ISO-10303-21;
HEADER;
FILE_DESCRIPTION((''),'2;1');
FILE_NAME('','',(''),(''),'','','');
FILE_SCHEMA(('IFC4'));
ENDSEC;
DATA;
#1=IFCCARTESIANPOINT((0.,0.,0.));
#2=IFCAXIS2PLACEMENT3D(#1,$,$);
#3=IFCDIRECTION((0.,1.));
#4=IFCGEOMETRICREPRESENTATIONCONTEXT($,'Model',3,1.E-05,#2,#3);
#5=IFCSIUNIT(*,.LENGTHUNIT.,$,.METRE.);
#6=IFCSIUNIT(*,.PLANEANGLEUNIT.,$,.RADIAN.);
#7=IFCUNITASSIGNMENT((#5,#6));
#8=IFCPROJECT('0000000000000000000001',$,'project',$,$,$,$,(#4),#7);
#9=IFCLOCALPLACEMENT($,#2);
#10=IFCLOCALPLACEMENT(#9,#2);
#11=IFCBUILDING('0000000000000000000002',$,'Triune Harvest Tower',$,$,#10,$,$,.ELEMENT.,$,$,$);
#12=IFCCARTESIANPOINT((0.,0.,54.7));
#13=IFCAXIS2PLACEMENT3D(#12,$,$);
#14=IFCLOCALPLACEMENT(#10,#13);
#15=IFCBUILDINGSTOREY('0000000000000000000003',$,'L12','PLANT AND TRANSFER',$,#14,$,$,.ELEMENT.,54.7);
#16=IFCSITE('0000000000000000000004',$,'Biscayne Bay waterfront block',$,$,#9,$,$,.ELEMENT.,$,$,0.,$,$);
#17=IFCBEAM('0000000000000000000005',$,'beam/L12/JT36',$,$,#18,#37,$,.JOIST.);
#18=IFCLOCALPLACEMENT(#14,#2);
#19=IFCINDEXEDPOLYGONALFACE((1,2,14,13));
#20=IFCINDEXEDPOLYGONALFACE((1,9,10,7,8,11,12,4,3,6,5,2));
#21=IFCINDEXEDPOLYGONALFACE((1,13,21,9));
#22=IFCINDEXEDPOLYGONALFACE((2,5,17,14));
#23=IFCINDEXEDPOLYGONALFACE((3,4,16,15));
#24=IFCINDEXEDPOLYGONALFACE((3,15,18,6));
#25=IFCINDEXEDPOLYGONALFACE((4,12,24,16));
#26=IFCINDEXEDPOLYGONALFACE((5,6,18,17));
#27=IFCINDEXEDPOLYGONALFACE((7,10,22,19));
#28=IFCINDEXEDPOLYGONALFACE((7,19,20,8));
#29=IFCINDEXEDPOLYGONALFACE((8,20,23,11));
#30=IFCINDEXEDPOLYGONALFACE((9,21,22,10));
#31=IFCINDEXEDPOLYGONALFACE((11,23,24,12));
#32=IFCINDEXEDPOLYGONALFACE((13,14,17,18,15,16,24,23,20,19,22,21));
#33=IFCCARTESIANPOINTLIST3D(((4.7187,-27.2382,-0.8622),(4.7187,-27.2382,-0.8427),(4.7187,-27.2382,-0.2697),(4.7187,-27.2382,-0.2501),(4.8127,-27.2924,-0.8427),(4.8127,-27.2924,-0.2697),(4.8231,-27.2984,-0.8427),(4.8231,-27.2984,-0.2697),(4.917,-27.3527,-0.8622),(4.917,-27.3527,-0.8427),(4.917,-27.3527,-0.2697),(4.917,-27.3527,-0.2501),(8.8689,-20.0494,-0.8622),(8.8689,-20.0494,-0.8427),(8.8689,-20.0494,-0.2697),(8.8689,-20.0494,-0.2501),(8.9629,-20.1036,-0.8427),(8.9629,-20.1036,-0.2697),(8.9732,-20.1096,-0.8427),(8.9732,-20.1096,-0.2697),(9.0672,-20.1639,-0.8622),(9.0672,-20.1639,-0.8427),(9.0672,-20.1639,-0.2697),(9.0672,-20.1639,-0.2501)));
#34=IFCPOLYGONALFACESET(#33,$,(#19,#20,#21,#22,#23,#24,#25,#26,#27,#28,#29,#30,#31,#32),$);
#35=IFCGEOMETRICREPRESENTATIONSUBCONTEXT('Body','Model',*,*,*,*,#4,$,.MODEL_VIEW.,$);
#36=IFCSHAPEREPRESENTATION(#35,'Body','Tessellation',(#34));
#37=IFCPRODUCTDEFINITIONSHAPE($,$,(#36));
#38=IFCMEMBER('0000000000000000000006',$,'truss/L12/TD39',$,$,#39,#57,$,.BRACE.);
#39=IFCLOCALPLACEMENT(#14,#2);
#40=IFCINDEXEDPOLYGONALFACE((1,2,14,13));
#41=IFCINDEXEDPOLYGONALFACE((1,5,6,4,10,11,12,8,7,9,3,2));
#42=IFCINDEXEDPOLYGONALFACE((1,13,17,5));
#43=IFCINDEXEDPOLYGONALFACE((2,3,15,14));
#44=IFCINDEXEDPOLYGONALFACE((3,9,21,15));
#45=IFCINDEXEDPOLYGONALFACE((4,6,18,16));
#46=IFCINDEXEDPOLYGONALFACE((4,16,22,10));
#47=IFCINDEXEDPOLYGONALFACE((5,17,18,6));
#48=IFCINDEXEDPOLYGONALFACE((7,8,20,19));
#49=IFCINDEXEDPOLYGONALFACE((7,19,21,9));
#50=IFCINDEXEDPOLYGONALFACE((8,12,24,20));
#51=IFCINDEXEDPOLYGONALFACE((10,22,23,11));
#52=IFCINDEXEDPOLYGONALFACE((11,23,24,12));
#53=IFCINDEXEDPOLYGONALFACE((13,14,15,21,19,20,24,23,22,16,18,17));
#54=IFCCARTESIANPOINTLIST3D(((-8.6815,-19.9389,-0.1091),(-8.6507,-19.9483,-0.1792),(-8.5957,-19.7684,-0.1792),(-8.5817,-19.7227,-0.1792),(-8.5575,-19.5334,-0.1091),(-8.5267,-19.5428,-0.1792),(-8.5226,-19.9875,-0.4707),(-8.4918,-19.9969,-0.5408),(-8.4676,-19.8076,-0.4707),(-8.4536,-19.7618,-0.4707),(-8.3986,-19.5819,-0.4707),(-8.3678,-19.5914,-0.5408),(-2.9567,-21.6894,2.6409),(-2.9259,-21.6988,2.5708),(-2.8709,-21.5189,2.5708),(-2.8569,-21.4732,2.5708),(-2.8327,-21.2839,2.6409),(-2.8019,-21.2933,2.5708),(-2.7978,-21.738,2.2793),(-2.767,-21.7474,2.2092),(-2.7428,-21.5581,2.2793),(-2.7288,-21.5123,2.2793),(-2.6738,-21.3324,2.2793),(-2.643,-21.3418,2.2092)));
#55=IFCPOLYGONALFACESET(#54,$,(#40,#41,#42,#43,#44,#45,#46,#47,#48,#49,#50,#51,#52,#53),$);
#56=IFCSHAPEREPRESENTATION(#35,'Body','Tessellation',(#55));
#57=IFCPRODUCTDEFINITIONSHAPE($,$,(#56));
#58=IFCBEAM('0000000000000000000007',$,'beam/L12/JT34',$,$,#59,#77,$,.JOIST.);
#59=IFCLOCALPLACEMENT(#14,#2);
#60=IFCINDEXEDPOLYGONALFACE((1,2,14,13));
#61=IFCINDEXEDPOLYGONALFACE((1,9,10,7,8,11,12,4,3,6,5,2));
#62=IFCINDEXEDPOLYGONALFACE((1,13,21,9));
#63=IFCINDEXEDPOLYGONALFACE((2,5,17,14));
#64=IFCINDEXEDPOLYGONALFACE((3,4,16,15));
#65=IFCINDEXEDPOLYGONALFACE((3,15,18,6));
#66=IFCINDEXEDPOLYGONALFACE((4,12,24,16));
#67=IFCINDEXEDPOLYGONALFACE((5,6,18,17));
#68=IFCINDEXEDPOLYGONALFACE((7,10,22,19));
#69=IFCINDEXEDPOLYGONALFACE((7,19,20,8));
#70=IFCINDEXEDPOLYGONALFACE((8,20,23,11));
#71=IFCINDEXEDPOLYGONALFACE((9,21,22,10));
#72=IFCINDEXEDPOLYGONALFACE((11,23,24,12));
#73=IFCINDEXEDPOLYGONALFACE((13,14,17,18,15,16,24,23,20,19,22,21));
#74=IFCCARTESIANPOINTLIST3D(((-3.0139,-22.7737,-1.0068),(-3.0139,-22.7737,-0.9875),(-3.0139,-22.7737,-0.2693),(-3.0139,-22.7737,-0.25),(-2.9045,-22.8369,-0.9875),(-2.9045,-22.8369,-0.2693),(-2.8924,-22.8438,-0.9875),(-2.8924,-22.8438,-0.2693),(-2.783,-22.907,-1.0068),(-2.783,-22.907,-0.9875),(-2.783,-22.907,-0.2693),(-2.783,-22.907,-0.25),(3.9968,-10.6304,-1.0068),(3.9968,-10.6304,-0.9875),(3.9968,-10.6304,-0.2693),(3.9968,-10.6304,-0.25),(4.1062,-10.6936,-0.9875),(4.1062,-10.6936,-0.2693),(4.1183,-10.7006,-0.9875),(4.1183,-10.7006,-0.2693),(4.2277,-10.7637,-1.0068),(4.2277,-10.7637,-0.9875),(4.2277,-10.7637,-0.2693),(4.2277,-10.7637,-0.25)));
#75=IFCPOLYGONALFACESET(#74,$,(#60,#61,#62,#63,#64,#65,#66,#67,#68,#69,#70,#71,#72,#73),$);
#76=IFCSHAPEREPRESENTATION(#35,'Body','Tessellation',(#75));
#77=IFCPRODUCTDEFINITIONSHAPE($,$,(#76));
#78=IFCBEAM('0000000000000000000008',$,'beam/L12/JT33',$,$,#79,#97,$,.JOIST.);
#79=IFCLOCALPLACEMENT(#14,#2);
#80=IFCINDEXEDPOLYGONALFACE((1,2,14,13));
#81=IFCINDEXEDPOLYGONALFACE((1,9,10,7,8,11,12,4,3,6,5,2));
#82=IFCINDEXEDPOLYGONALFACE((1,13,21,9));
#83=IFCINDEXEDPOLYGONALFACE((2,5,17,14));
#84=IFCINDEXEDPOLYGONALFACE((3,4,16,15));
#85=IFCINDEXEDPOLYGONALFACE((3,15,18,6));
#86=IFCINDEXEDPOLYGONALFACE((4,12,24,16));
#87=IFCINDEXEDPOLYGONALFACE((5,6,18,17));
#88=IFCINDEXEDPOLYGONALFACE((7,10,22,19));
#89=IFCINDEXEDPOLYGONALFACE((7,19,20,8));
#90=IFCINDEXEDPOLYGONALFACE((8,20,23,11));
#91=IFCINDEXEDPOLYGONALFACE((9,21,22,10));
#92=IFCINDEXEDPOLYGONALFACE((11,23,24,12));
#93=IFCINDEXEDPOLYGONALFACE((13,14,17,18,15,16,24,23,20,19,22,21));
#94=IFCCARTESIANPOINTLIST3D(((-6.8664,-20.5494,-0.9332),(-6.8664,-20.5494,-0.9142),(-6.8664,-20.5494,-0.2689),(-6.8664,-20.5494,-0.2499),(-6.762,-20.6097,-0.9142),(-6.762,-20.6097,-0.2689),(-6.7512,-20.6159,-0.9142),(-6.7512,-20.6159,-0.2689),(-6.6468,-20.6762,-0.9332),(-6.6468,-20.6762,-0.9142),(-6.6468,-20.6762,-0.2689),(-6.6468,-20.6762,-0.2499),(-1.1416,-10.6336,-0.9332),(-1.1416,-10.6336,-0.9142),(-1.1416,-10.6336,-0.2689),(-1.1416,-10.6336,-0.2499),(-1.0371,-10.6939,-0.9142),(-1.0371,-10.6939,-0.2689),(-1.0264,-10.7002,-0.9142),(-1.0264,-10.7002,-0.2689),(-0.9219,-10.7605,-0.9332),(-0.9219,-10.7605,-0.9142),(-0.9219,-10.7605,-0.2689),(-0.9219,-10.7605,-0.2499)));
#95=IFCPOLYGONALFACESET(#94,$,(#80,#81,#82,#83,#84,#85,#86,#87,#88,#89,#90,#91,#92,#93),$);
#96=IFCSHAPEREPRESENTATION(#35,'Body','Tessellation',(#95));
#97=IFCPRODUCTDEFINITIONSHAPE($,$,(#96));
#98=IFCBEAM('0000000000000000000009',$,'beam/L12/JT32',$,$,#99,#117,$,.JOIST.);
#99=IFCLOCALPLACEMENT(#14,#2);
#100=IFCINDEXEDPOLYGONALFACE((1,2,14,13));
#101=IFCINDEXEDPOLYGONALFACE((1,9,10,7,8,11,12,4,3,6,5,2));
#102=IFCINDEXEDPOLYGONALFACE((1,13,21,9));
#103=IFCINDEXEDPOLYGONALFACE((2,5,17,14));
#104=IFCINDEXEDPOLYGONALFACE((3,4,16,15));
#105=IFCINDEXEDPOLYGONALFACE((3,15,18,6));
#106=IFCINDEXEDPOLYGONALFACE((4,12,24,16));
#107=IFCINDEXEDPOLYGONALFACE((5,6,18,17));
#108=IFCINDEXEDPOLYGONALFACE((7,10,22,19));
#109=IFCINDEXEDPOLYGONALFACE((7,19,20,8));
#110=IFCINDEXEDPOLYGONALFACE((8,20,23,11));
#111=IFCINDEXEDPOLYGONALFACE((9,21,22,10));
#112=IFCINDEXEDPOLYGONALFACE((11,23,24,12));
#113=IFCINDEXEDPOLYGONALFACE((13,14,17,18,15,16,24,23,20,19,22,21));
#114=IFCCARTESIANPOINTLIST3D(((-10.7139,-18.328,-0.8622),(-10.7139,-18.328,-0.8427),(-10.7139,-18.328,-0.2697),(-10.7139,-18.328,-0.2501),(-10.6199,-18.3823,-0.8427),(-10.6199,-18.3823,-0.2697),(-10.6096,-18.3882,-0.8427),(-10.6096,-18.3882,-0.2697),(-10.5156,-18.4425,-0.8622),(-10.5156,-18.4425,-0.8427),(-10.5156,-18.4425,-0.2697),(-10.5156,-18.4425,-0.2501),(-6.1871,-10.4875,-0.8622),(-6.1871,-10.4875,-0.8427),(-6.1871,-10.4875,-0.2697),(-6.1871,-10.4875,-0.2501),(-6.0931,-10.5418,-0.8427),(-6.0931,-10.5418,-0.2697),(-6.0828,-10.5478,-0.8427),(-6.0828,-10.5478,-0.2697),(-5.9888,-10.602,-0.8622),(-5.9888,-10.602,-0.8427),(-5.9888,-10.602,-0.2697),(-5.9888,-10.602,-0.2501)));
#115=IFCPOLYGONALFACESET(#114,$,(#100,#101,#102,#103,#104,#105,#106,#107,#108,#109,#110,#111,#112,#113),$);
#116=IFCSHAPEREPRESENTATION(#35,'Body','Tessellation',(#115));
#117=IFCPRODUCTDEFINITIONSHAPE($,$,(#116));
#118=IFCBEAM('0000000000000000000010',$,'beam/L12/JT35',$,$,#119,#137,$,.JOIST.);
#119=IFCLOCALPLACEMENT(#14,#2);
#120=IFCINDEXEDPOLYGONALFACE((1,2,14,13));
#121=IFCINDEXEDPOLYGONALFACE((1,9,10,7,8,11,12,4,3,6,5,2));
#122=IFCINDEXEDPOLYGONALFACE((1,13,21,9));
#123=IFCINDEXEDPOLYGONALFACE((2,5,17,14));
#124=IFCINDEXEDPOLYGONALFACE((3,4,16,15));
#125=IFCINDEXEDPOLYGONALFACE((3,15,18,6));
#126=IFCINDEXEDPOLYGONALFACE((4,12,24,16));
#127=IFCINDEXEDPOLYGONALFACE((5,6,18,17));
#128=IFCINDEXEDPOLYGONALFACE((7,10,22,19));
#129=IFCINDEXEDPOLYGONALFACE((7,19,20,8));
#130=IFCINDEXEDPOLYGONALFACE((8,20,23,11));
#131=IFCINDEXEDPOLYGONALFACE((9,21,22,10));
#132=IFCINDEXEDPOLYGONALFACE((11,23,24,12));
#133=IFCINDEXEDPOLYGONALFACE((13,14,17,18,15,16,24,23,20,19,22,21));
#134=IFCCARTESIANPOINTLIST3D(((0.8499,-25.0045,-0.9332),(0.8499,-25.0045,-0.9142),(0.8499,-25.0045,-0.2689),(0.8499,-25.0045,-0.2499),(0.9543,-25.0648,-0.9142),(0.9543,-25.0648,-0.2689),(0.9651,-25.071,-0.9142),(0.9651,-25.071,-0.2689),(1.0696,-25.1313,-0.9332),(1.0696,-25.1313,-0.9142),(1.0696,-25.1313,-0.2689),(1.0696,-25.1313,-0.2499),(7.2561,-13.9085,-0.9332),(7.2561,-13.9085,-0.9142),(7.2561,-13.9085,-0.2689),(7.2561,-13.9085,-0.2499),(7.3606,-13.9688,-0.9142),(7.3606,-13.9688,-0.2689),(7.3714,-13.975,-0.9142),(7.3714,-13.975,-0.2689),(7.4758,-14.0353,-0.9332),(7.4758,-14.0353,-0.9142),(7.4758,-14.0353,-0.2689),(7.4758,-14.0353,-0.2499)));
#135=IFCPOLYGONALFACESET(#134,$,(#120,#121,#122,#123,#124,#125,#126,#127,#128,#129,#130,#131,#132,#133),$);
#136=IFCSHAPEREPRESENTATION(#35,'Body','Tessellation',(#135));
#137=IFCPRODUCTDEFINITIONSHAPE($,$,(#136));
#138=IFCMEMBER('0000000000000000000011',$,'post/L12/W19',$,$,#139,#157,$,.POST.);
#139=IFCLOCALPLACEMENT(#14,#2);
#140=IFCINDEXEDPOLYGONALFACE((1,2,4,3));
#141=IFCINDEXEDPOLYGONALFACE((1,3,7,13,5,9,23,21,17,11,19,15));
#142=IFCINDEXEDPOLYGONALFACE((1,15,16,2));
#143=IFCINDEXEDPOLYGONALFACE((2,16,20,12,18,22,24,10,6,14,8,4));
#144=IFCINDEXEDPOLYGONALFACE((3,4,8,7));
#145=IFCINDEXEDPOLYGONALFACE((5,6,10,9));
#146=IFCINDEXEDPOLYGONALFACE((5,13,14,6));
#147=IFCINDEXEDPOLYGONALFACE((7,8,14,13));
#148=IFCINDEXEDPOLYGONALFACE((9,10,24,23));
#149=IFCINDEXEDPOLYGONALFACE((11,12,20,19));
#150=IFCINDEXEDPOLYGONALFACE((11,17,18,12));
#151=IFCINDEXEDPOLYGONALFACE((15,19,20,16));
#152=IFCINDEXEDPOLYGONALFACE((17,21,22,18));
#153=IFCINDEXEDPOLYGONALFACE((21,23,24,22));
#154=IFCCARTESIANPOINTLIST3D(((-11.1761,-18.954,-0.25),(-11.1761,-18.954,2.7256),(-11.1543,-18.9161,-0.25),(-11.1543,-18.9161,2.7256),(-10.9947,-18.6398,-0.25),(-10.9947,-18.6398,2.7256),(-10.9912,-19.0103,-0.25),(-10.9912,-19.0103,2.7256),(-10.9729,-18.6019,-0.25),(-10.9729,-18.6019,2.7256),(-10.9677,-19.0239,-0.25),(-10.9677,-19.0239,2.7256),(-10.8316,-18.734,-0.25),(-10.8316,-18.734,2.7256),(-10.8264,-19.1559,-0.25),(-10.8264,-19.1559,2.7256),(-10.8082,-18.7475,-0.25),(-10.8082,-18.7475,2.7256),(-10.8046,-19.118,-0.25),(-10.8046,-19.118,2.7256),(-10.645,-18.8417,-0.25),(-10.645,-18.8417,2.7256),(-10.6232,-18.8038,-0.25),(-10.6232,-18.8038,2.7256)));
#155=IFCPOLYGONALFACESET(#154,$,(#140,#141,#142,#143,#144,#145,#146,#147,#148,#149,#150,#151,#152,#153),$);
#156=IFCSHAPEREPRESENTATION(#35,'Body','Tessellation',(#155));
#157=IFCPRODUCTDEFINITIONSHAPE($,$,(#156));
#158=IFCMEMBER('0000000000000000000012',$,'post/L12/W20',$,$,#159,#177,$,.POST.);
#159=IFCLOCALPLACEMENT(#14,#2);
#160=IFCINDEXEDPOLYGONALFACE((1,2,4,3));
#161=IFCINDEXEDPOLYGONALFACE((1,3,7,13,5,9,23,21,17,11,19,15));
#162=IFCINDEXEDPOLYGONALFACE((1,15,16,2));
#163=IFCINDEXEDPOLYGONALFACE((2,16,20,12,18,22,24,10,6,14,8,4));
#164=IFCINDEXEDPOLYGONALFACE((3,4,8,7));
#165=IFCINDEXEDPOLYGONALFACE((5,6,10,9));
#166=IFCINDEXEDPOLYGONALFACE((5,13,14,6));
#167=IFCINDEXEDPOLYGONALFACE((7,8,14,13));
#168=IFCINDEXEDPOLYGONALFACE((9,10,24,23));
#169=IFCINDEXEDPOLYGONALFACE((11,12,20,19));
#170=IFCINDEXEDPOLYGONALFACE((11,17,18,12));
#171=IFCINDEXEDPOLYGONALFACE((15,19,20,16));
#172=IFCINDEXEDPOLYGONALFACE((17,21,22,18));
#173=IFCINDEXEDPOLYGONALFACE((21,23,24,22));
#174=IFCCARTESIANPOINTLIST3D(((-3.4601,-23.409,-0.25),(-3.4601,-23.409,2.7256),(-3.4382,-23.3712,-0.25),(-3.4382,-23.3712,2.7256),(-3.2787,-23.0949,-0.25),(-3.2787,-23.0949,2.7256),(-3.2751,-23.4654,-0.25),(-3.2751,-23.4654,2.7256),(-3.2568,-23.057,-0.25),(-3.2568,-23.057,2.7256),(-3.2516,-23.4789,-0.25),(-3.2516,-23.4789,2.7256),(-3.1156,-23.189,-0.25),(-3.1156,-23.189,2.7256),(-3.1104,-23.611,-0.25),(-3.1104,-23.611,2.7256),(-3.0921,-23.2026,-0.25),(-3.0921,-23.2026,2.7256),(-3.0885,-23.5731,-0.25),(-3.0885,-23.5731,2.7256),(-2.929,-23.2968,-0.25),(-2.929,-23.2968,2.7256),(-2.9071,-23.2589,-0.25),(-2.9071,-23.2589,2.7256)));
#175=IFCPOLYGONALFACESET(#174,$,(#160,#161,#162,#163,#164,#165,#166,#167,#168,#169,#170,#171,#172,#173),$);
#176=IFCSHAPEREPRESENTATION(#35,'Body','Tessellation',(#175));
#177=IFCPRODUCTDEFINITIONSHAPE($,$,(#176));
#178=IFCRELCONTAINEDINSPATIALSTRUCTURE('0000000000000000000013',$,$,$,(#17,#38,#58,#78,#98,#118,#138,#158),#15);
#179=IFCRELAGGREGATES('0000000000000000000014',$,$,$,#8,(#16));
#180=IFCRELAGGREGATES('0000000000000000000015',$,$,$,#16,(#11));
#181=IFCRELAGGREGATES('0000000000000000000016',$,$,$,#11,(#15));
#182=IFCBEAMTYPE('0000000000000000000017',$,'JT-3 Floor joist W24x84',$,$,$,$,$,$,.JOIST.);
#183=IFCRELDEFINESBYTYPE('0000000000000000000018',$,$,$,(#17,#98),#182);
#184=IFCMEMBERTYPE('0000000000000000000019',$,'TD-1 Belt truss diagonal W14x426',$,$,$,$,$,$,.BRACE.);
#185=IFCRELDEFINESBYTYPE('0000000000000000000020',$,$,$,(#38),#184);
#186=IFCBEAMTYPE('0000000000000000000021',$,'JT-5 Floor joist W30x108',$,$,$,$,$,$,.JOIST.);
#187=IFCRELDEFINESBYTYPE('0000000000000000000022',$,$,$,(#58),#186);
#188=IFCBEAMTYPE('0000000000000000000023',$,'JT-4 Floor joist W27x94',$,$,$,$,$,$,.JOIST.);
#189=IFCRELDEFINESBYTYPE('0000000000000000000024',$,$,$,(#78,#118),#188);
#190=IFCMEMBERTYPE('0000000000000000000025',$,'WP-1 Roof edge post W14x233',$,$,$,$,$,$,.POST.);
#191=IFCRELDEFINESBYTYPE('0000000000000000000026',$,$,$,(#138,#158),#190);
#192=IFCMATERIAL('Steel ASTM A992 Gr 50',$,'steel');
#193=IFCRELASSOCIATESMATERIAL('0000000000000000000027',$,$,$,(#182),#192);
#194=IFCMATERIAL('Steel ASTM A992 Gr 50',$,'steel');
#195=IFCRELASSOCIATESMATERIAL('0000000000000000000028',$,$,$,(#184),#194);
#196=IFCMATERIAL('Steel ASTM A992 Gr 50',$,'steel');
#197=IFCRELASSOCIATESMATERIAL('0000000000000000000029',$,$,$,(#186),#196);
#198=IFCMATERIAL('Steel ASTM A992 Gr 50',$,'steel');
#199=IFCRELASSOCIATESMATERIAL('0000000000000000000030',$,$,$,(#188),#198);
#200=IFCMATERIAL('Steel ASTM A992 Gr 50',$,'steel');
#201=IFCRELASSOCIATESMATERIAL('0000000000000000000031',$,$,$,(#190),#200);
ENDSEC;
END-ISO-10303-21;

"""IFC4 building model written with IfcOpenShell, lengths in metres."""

from ifc_helpers import new_model, si_unit, direction, frame, origin, origin_2d, place, context, subcontext, project, spatial, i_section, extrude, source, transform, mapped, material, material_profile, profile_set, type_object, element, save


model = new_model("IFC4")

# Units and contexts
model_context = context("Model", 3, precision=1e-05, world=origin(), true_north=direction((0.0, 1.0)))
body_context = subcontext(model_context, "Body", "Model", "MODEL_VIEW")
ifc_project = project(units=[si_unit("LENGTHUNIT", "METRE"), si_unit("PLANEANGLEUNIT", "RADIAN")], contexts=[model_context])

# Site, building, storey
site_placement = place(None, origin())
site = spatial("IfcSite", under=ifc_project, at=site_placement, Name="Biscayne Bay waterfront block", CompositionType="ELEMENT", RefElevation=0.0)
building_placement = place(site_placement, origin())
building = spatial("IfcBuilding", under=site, at=building_placement, Name="Triune Harvest Tower", CompositionType="ELEMENT")
storey_placement = place(building_placement, frame((0.0, 0.0, 54.7)))
storey = spatial("IfcBuildingStorey", under=building, at=storey_placement, Name="L12", Description="PLANT AND TRANSFER", CompositionType="ELEMENT", Elevation=54.7)

# Beam
ifc_material_1 = material(Name="Steel ASTM A992 Gr 50", Category="steel")
ifc_material_profile_1 = material_profile(ifc_material_1, i_section(OverallWidth=0.229, OverallDepth=0.6121, WebThickness=0.012, FlangeThickness=0.0195, at=origin_2d()), Name="W24x84")
ifc_profile_set_1 = profile_set([ifc_material_profile_1], Name="Steel ASTM A992 Gr 50")
beam_type_1 = type_object("IfcBeamType", Name="JT-3 Floor joist W24x84", PredefinedType="JOIST", material=ifc_profile_set_1)
beam_1_placement = place(storey_placement, frame((4.8179, -27.2954, -0.5562), z_axis=(0.499976, 0.866039, 0.0), x_axis=(-0.866039, 0.499976, 0.0)))
element("IfcBeam", 1, at=beam_1_placement, inside=storey, type_object=beam_type_1, Name="beam/L12/JT36", PredefinedType="JOIST", context=body_context, shape_type="SweptSolid", body=[
    extrude(i_section(OverallWidth=0.229, OverallDepth=0.6121, WebThickness=0.012, FlangeThickness=0.0195, at=origin_2d()), origin(), (0.0, 0.0, 1.0), 8.3008),
])

# Member
ifc_material_2 = material(Name="Steel ASTM A992 Gr 50", Category="steel")
ifc_material_profile_2 = material_profile(ifc_material_2, i_section(OverallWidth=0.4241, OverallDepth=0.4751, WebThickness=0.0479, FlangeThickness=0.0771, at=origin_2d()), Name="W14x426")
ifc_profile_set_2 = profile_set([ifc_material_profile_2], Name="Steel ASTM A992 Gr 50")
member_type_1 = type_object("IfcMemberType", Name="TD-1 Belt truss diagonal W14x426", PredefinedType="BRACE", material=ifc_profile_set_2)
member_1_placement = place(storey_placement, frame((-8.5247, -19.7651, -0.325), z_axis=(0.868993, -0.265712, 0.417431), x_axis=(0.292406, 0.956294, 0.0)))
element("IfcMember", 2, at=member_1_placement, inside=storey, type_object=member_type_1, Name="truss/L12/TD39", PredefinedType="BRACE", context=body_context, shape_type="SweptSolid", body=[
    extrude(i_section(OverallWidth=0.4241, OverallDepth=0.4751, WebThickness=0.0479, FlangeThickness=0.0771, at=origin_2d()), origin(), (0.0, 0.0, 1.0), 6.5879),
])

# Beams
ifc_material_3 = material(Name="Steel ASTM A992 Gr 50", Category="steel")
ifc_material_profile_3 = material_profile(ifc_material_3, i_section(OverallWidth=0.2666, OverallDepth=0.7568, WebThickness=0.0139, FlangeThickness=0.0193, at=origin_2d()), Name="W30x108")
ifc_profile_set_3 = profile_set([ifc_material_profile_3], Name="Steel ASTM A992 Gr 50")
beam_type_2 = type_object("IfcBeamType", Name="JT-5 Floor joist W30x108", PredefinedType="JOIST", material=ifc_profile_set_3)
shared_shape_1 = source(origin(), body_context, "Body", "SweptSolid", [
    extrude(i_section(OverallWidth=0.2666, OverallDepth=0.7568, WebThickness=0.0139, FlangeThickness=0.0193, at=origin_2d()), origin(), (0.0, 0.0, 1.0), 14.0217),
])
beam_2_placement = place(storey_placement, frame((-2.8984, -22.8403, -0.6284), z_axis=(0.499989, 0.866032, 0.0), x_axis=(-0.866032, 0.499989, 0.0)))
element("IfcBeam", 3, at=beam_2_placement, inside=storey, type_object=beam_type_2, Name="beam/L12/JT34", PredefinedType="JOIST", context=body_context, shape_type="MappedRepresentation", body=[
    mapped(shared_shape_1, transform((0.0, 0.0, 0.0), scale=1.0)),
])
ifc_material_4 = material(Name="Steel ASTM A992 Gr 50", Category="steel")
ifc_material_profile_4 = material_profile(ifc_material_4, i_section(OverallWidth=0.2537, OverallDepth=0.6833, WebThickness=0.0125, FlangeThickness=0.019, at=origin_2d()), Name="W27x94")
ifc_profile_set_4 = profile_set([ifc_material_profile_4], Name="Steel ASTM A992 Gr 50")
beam_type_3 = type_object("IfcBeamType", Name="JT-4 Floor joist W27x94", PredefinedType="JOIST", material=ifc_profile_set_4)
shared_shape_2 = source(origin(), body_context, "Body", "SweptSolid", [
    extrude(i_section(OverallWidth=0.2537, OverallDepth=0.6833, WebThickness=0.0125, FlangeThickness=0.019, at=origin_2d()), origin(), (0.0, 0.0, 1.0), 11.4497),
])
beam_3_placement = place(storey_placement, frame((-6.7566, -20.6128, -0.5916), z_axis=(0.499999, 0.866026, 0.0), x_axis=(-0.866026, 0.499999, 0.0)))
element("IfcBeam", 4, at=beam_3_placement, inside=storey, type_object=beam_type_3, Name="beam/L12/JT33", PredefinedType="JOIST", context=body_context, shape_type="MappedRepresentation", body=[
    mapped(shared_shape_2, transform((0.0, 0.0, 0.0), scale=1.0)),
])
shared_shape_3 = source(origin(), body_context, "Body", "SweptSolid", [
    extrude(i_section(OverallWidth=0.229, OverallDepth=0.6121, WebThickness=0.012, FlangeThickness=0.0195, at=origin_2d()), origin(), (0.0, 0.0, 1.0), 9.0535),
])
beam_4_placement = place(storey_placement, frame((-10.6147, -18.3853, -0.5562), z_axis=(0.500008, 0.866021, 0.0), x_axis=(-0.866021, 0.500008, 0.0)))
element("IfcBeam", 5, at=beam_4_placement, inside=storey, type_object=beam_type_1, Name="beam/L12/JT32", PredefinedType="JOIST", context=body_context, shape_type="MappedRepresentation", body=[
    mapped(shared_shape_3, transform((0.0, 0.0, 0.0), scale=1.0)),
])
shared_shape_4 = source(origin(), body_context, "Body", "SweptSolid", [
    extrude(i_section(OverallWidth=0.2537, OverallDepth=0.6833, WebThickness=0.0125, FlangeThickness=0.019, at=origin_2d()), origin(), (0.0, 0.0, 1.0), 12.8125),
])
beam_5_placement = place(storey_placement, frame((0.9597, -25.0679, -0.5916), z_axis=(0.5, 0.866025, 0.0), x_axis=(-0.866025, 0.5, 0.0)))
element("IfcBeam", 6, at=beam_5_placement, inside=storey, type_object=beam_type_3, Name="beam/L12/JT35", PredefinedType="JOIST", context=body_context, shape_type="MappedRepresentation", body=[
    mapped(shared_shape_4, transform((0.0, 0.0, 0.0), scale=1.0)),
])

# Members
ifc_material_5 = material(Name="Steel ASTM A992 Gr 50", Category="steel")
ifc_material_profile_5 = material_profile(ifc_material_5, i_section(OverallWidth=0.4038, OverallDepth=0.4065, WebThickness=0.0271, FlangeThickness=0.0437, at=origin_2d()), Name="W14x233")
ifc_profile_set_5 = profile_set([ifc_material_profile_5], Name="Steel ASTM A992 Gr 50")
member_type_2 = type_object("IfcMemberType", Name="WP-1 Roof edge post W14x233", PredefinedType="POST", material=ifc_profile_set_5)
shared_shape_5 = source(origin(), body_context, "Body", "SweptSolid", [
    extrude(i_section(OverallWidth=0.4038, OverallDepth=0.4065, WebThickness=0.0271, FlangeThickness=0.0437, at=origin_2d()), origin(), (0.0, 0.0, 1.0), 2.9756),
])
for number, where, z_axis, x_axis, name in (
    (7, (-10.8997, -18.8789, -0.25), (0.0, 0.0, 1.0), (0.866025, -0.5, 0.0), "post/L12/W19"),
    (8, (-3.1836, -23.334, -0.25), (0.0, 0.0, 1.0), (0.866025, -0.5, 0.0), "post/L12/W20"),
):
    element("IfcMember", number, at=place(storey_placement, frame(where, z_axis=z_axis, x_axis=x_axis)), inside=storey, type_object=member_type_2, Name=name, PredefinedType="POST", context=body_context, shape_type="MappedRepresentation", body=[
        mapped(shared_shape_5, transform((0.0, 0.0, 0.0), scale=1.0)),
    ])

save(model, "model.ifc")
